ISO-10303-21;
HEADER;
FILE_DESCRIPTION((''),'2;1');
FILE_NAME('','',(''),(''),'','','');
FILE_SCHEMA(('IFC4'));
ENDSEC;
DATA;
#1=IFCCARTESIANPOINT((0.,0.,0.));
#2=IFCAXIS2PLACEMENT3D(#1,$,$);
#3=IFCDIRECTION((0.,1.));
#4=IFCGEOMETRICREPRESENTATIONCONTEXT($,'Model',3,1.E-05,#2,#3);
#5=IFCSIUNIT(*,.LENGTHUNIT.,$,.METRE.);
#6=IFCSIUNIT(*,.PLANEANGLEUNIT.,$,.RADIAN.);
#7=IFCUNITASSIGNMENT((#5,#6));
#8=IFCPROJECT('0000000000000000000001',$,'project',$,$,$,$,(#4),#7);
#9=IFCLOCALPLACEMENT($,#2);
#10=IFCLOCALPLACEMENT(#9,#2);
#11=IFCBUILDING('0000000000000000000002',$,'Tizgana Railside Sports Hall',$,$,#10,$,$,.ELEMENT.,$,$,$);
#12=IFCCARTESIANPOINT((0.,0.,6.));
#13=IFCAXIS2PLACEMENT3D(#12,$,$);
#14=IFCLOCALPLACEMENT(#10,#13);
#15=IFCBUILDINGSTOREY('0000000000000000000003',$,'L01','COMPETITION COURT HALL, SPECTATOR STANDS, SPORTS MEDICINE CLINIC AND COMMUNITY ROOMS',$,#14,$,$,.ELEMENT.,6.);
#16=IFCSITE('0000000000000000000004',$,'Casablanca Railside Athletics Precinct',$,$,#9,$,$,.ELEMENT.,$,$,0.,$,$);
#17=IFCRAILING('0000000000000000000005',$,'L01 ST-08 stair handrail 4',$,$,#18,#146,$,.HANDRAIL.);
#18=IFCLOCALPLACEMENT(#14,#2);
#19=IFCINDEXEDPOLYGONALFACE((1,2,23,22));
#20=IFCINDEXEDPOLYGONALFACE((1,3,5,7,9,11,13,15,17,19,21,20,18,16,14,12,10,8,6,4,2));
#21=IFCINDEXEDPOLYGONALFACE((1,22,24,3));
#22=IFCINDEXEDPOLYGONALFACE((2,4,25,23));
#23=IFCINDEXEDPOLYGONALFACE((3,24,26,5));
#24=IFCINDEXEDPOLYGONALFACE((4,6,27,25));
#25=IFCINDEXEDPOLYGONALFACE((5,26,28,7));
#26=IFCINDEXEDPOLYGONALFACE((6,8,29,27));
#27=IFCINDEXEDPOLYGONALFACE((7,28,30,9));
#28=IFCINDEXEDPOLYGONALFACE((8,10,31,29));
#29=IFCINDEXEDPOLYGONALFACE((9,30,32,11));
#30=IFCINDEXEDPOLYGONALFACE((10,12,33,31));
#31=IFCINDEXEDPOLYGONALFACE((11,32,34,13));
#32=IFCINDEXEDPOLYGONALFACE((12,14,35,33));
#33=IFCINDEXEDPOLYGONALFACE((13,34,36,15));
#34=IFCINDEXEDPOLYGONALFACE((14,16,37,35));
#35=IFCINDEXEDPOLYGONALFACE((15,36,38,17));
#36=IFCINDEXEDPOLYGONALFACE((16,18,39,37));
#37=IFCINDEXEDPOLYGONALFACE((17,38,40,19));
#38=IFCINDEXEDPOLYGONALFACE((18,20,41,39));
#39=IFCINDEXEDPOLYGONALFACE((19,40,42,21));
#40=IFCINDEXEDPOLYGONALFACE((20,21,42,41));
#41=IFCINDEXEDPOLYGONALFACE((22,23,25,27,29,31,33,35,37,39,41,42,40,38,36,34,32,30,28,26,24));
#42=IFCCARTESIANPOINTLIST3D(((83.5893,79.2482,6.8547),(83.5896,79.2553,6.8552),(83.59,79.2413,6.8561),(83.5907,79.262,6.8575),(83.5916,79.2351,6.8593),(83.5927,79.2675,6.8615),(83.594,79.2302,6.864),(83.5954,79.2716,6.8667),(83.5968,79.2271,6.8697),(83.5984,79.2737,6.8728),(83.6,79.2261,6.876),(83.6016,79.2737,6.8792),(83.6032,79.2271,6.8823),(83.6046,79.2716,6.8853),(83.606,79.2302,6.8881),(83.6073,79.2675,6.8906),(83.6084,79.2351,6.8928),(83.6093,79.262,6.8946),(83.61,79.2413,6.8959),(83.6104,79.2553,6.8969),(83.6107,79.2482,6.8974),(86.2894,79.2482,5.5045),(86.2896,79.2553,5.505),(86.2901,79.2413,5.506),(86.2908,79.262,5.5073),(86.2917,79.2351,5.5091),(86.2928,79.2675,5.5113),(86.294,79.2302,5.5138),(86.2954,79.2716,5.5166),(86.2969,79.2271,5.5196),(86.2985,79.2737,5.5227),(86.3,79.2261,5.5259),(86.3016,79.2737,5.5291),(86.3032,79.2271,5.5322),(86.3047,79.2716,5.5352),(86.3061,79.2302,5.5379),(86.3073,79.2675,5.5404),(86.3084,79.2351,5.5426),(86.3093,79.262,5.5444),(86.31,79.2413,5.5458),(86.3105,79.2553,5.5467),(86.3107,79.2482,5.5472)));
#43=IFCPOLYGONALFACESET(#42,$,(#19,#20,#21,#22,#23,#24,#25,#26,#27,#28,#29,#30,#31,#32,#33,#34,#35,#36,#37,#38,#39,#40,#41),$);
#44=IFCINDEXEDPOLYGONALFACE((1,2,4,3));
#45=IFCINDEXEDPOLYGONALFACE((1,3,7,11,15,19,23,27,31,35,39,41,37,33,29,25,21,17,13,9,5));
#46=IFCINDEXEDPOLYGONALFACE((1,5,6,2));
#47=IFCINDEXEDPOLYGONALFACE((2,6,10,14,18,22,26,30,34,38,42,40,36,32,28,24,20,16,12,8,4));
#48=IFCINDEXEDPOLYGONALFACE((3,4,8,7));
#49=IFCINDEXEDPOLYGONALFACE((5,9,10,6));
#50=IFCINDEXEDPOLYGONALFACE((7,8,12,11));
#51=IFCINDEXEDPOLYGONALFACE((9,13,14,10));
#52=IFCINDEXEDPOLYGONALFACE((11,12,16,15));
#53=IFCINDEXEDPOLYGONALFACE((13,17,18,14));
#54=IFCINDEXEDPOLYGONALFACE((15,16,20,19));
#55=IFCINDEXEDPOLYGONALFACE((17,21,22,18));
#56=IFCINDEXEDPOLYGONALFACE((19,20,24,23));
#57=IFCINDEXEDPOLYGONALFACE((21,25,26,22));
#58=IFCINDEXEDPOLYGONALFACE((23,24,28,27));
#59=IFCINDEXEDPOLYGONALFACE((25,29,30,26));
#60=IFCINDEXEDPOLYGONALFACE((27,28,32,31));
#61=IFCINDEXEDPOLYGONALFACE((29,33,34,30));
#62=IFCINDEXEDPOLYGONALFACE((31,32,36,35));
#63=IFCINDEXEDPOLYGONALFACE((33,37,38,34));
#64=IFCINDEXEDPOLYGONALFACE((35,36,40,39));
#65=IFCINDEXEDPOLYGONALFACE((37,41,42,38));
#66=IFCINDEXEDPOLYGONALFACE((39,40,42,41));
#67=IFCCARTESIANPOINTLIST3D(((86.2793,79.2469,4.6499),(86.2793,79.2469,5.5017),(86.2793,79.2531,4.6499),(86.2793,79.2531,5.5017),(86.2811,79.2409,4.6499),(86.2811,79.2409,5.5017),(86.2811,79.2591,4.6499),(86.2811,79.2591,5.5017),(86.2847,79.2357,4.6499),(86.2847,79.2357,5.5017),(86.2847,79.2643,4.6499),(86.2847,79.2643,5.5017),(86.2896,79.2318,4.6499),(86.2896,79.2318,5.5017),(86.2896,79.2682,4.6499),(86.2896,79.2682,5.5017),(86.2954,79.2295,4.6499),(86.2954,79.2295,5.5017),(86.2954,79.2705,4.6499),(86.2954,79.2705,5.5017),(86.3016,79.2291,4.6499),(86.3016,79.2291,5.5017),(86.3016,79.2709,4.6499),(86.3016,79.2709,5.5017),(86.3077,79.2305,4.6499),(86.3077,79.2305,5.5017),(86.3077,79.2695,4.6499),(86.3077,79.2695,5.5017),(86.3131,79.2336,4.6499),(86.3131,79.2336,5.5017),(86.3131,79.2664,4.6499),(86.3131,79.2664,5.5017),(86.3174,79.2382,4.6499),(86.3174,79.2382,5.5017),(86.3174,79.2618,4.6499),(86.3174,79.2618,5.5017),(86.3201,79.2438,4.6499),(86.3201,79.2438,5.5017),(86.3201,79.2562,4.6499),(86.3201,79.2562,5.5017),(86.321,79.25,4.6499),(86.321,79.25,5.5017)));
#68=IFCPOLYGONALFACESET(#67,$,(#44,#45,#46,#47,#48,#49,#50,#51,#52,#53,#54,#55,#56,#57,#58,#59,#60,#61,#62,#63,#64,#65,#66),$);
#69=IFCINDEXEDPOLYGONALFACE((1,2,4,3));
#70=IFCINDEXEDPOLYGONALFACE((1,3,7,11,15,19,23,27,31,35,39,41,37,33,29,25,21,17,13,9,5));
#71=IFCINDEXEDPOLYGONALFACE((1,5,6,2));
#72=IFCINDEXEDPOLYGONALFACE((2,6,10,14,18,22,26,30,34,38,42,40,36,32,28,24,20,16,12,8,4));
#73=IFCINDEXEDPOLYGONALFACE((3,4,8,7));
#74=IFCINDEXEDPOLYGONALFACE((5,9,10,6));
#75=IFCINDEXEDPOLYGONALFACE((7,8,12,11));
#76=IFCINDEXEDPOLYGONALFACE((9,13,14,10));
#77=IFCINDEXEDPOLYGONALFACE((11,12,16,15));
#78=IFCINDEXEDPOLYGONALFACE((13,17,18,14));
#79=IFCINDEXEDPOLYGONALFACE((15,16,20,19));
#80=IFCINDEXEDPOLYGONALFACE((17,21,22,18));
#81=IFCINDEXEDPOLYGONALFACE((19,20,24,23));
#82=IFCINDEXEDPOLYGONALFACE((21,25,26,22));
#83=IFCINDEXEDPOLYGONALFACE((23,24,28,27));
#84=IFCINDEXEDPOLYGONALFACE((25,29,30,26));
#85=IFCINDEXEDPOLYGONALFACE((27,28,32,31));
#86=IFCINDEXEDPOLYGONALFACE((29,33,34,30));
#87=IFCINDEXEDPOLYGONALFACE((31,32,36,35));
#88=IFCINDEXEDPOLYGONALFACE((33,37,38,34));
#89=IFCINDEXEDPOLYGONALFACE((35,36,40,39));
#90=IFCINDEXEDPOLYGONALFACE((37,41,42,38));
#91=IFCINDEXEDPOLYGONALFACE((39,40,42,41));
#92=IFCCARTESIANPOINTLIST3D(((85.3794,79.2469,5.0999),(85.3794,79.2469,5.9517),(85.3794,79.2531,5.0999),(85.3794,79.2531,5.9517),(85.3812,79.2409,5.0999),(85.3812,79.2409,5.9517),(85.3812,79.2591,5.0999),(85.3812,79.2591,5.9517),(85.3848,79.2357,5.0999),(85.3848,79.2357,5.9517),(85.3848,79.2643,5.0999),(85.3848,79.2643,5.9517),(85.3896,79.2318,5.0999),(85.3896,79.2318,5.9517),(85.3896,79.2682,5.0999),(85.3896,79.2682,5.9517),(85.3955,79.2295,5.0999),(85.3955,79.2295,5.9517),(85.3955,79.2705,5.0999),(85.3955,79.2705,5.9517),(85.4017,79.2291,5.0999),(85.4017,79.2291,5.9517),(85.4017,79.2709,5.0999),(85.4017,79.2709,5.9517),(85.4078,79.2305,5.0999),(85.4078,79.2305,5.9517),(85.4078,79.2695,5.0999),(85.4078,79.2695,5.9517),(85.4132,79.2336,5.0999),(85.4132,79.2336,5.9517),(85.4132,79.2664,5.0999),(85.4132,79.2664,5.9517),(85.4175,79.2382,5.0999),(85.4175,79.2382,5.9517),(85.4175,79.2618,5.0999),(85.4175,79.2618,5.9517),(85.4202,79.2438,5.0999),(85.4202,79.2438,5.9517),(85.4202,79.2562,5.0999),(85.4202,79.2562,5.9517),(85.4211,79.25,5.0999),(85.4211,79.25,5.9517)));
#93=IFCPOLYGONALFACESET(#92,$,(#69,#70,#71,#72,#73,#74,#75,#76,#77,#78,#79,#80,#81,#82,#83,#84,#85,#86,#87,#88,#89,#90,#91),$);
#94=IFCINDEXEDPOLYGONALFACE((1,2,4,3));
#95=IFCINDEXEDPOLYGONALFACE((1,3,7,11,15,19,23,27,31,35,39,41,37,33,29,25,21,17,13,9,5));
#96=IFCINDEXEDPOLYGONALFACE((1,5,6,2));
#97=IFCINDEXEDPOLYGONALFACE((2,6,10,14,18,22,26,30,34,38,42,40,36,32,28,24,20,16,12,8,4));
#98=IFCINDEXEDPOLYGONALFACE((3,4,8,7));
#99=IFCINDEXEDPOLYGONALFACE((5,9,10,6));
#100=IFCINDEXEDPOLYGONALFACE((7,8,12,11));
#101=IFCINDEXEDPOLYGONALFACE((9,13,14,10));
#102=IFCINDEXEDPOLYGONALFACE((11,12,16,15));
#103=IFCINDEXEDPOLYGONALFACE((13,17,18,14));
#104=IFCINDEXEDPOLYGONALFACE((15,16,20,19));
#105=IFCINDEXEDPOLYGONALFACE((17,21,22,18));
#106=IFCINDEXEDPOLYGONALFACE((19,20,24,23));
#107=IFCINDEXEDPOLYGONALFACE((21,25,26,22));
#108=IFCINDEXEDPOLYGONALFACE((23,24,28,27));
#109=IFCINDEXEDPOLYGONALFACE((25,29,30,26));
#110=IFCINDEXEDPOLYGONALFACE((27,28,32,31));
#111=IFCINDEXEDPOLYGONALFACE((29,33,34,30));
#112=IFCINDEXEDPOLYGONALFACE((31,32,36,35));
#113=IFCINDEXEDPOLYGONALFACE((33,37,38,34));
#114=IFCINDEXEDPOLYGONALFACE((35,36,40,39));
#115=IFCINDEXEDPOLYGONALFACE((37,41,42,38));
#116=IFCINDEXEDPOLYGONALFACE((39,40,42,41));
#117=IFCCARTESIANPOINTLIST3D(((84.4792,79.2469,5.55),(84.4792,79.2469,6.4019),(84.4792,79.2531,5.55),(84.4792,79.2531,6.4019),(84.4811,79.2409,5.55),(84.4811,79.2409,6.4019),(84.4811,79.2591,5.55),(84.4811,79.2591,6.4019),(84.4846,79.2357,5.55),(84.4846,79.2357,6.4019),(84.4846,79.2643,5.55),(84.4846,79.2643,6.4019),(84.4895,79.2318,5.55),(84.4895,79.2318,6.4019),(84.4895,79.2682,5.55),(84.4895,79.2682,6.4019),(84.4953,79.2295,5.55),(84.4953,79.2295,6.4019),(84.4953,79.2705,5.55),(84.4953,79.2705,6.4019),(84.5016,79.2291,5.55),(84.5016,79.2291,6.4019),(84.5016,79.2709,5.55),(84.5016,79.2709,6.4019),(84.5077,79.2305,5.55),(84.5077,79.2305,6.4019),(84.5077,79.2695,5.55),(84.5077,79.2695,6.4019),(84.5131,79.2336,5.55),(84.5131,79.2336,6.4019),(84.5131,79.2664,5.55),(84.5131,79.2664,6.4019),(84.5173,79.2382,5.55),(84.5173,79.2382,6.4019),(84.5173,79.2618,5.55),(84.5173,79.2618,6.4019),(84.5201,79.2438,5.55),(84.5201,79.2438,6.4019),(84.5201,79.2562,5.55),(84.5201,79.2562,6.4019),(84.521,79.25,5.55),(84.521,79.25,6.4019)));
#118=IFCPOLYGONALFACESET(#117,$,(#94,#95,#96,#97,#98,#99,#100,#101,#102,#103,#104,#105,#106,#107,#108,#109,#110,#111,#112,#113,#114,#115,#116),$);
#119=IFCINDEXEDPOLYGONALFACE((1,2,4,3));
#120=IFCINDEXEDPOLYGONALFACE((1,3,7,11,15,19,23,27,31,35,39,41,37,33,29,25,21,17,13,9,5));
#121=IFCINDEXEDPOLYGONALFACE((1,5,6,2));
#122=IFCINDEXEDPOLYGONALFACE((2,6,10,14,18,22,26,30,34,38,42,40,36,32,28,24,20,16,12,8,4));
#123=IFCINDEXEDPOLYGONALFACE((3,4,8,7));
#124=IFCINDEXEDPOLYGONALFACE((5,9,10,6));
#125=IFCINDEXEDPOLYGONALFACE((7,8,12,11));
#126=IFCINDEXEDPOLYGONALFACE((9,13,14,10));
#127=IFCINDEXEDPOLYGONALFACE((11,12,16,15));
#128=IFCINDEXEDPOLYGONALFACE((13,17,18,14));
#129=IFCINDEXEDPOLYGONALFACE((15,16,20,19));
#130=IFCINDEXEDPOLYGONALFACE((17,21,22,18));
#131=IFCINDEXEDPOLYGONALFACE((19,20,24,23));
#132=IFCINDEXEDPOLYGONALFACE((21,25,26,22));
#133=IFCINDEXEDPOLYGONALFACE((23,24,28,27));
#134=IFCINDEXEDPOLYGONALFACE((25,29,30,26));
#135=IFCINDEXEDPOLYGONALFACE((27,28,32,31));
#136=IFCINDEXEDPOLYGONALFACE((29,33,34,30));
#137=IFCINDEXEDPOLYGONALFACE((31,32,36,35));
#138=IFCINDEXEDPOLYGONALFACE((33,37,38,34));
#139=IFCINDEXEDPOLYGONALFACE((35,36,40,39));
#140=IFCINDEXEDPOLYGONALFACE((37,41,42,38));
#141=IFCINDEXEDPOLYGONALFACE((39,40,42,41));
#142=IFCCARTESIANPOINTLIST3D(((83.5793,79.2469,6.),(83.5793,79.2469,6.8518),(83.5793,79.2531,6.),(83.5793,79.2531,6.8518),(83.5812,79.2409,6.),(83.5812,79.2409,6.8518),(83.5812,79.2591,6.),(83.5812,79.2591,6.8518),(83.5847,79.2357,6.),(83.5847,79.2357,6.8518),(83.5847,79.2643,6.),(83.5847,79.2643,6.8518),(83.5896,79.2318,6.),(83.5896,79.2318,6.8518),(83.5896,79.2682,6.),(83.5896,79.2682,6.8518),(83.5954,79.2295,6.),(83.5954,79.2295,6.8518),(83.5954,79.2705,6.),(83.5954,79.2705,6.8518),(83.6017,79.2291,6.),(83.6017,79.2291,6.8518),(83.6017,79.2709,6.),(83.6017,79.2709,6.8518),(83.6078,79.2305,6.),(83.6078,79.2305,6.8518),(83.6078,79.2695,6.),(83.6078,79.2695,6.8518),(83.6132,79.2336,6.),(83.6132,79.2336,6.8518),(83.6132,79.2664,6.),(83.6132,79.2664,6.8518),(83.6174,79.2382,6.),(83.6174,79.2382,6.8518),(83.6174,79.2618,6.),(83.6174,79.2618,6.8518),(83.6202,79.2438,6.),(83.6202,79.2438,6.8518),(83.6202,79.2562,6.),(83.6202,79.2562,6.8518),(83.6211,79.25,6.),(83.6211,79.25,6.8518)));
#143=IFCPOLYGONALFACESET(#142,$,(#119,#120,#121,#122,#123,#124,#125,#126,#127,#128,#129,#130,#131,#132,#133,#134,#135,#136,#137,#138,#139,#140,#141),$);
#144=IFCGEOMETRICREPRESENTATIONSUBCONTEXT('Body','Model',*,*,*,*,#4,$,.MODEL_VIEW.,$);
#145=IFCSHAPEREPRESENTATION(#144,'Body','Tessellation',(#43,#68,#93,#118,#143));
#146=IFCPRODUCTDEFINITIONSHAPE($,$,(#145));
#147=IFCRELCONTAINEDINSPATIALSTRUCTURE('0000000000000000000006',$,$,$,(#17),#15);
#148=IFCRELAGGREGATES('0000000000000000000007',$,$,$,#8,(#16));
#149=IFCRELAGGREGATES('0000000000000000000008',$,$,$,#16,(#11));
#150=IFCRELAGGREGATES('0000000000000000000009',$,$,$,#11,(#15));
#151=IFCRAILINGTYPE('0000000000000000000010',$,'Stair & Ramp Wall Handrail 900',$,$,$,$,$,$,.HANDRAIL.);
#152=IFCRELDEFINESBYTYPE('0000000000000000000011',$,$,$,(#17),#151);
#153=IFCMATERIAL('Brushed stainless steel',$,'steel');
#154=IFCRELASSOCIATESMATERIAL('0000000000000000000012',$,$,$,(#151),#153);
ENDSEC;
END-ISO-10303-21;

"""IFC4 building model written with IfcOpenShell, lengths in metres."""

from ifc_helpers import new_model, si_unit, direction, frame, origin, origin_2d, place, context, subcontext, project, spatial, circle, extrude, material, type_object, element, save


model = new_model("IFC4")

# Units and contexts
model_context = context("Model", 3, precision=1e-05, world=origin(), true_north=direction((0.0, 1.0)))
body_context = subcontext(model_context, "Body", "Model", "MODEL_VIEW")
ifc_project = project(units=[si_unit("LENGTHUNIT", "METRE"), si_unit("PLANEANGLEUNIT", "RADIAN")], contexts=[model_context])

# Site, building, storey
site_placement = place(None, origin())
site = spatial("IfcSite", under=ifc_project, at=site_placement, Name="Casablanca Railside Athletics Precinct", CompositionType="ELEMENT", RefElevation=0.0)
building_placement = place(site_placement, origin())
building = spatial("IfcBuilding", under=site, at=building_placement, Name="Tizgana Railside Sports Hall", CompositionType="ELEMENT")
storey_placement = place(building_placement, frame((0.0, 0.0, 6.0)))
storey = spatial("IfcBuildingStorey", under=building, at=storey_placement, Name="L01", Description="COMPETITION COURT HALL, SPECTATOR STANDS, SPORTS MEDICINE CLINIC AND COMMUNITY ROOMS", CompositionType="ELEMENT", Elevation=6.0)

# Railing
ifc_material_1 = material(Name="Brushed stainless steel", Category="steel")
railing_type_1 = type_object("IfcRailingType", Name="Stair & Ramp Wall Handrail 900", PredefinedType="HANDRAIL", material=ifc_material_1)
railing_1_placement = place(storey_placement, frame((86.3, 79.25, 4.6499)))
element("IfcRailing", 1, at=railing_1_placement, inside=storey, type_object=railing_type_1, Name="L01 ST-08 stair handrail 4", PredefinedType="HANDRAIL", context=body_context, shape_type="SweptSolid", body=[
    extrude(circle(Radius=0.0239, at=origin_2d()), frame((0.0, 0.0, 0.876), z_axis=(-0.894411, 0.0, 0.447246), x_axis=(0.0, -1.0, 0.0)), (0.0, 0.0, 1.0), 3.0188),
    extrude(circle(Radius=0.021, at=origin_2d()), origin(), (0.0, 0.0, 1.0), 0.8518),
    extrude(circle(Radius=0.021, at=origin_2d()), frame((-0.8999, 0.0, 0.45)), (0.0, 0.0, 1.0), 0.8518),
    extrude(circle(Radius=0.021, at=origin_2d()), frame((-1.8, 0.0, 0.9001)), (0.0, 0.0, 1.0), 0.8518),
    extrude(circle(Radius=0.021, at=origin_2d()), frame((-2.7, 0.0, 1.3501)), (0.0, 0.0, 1.0), 0.8518),
])

save(model, "model.ifc")
